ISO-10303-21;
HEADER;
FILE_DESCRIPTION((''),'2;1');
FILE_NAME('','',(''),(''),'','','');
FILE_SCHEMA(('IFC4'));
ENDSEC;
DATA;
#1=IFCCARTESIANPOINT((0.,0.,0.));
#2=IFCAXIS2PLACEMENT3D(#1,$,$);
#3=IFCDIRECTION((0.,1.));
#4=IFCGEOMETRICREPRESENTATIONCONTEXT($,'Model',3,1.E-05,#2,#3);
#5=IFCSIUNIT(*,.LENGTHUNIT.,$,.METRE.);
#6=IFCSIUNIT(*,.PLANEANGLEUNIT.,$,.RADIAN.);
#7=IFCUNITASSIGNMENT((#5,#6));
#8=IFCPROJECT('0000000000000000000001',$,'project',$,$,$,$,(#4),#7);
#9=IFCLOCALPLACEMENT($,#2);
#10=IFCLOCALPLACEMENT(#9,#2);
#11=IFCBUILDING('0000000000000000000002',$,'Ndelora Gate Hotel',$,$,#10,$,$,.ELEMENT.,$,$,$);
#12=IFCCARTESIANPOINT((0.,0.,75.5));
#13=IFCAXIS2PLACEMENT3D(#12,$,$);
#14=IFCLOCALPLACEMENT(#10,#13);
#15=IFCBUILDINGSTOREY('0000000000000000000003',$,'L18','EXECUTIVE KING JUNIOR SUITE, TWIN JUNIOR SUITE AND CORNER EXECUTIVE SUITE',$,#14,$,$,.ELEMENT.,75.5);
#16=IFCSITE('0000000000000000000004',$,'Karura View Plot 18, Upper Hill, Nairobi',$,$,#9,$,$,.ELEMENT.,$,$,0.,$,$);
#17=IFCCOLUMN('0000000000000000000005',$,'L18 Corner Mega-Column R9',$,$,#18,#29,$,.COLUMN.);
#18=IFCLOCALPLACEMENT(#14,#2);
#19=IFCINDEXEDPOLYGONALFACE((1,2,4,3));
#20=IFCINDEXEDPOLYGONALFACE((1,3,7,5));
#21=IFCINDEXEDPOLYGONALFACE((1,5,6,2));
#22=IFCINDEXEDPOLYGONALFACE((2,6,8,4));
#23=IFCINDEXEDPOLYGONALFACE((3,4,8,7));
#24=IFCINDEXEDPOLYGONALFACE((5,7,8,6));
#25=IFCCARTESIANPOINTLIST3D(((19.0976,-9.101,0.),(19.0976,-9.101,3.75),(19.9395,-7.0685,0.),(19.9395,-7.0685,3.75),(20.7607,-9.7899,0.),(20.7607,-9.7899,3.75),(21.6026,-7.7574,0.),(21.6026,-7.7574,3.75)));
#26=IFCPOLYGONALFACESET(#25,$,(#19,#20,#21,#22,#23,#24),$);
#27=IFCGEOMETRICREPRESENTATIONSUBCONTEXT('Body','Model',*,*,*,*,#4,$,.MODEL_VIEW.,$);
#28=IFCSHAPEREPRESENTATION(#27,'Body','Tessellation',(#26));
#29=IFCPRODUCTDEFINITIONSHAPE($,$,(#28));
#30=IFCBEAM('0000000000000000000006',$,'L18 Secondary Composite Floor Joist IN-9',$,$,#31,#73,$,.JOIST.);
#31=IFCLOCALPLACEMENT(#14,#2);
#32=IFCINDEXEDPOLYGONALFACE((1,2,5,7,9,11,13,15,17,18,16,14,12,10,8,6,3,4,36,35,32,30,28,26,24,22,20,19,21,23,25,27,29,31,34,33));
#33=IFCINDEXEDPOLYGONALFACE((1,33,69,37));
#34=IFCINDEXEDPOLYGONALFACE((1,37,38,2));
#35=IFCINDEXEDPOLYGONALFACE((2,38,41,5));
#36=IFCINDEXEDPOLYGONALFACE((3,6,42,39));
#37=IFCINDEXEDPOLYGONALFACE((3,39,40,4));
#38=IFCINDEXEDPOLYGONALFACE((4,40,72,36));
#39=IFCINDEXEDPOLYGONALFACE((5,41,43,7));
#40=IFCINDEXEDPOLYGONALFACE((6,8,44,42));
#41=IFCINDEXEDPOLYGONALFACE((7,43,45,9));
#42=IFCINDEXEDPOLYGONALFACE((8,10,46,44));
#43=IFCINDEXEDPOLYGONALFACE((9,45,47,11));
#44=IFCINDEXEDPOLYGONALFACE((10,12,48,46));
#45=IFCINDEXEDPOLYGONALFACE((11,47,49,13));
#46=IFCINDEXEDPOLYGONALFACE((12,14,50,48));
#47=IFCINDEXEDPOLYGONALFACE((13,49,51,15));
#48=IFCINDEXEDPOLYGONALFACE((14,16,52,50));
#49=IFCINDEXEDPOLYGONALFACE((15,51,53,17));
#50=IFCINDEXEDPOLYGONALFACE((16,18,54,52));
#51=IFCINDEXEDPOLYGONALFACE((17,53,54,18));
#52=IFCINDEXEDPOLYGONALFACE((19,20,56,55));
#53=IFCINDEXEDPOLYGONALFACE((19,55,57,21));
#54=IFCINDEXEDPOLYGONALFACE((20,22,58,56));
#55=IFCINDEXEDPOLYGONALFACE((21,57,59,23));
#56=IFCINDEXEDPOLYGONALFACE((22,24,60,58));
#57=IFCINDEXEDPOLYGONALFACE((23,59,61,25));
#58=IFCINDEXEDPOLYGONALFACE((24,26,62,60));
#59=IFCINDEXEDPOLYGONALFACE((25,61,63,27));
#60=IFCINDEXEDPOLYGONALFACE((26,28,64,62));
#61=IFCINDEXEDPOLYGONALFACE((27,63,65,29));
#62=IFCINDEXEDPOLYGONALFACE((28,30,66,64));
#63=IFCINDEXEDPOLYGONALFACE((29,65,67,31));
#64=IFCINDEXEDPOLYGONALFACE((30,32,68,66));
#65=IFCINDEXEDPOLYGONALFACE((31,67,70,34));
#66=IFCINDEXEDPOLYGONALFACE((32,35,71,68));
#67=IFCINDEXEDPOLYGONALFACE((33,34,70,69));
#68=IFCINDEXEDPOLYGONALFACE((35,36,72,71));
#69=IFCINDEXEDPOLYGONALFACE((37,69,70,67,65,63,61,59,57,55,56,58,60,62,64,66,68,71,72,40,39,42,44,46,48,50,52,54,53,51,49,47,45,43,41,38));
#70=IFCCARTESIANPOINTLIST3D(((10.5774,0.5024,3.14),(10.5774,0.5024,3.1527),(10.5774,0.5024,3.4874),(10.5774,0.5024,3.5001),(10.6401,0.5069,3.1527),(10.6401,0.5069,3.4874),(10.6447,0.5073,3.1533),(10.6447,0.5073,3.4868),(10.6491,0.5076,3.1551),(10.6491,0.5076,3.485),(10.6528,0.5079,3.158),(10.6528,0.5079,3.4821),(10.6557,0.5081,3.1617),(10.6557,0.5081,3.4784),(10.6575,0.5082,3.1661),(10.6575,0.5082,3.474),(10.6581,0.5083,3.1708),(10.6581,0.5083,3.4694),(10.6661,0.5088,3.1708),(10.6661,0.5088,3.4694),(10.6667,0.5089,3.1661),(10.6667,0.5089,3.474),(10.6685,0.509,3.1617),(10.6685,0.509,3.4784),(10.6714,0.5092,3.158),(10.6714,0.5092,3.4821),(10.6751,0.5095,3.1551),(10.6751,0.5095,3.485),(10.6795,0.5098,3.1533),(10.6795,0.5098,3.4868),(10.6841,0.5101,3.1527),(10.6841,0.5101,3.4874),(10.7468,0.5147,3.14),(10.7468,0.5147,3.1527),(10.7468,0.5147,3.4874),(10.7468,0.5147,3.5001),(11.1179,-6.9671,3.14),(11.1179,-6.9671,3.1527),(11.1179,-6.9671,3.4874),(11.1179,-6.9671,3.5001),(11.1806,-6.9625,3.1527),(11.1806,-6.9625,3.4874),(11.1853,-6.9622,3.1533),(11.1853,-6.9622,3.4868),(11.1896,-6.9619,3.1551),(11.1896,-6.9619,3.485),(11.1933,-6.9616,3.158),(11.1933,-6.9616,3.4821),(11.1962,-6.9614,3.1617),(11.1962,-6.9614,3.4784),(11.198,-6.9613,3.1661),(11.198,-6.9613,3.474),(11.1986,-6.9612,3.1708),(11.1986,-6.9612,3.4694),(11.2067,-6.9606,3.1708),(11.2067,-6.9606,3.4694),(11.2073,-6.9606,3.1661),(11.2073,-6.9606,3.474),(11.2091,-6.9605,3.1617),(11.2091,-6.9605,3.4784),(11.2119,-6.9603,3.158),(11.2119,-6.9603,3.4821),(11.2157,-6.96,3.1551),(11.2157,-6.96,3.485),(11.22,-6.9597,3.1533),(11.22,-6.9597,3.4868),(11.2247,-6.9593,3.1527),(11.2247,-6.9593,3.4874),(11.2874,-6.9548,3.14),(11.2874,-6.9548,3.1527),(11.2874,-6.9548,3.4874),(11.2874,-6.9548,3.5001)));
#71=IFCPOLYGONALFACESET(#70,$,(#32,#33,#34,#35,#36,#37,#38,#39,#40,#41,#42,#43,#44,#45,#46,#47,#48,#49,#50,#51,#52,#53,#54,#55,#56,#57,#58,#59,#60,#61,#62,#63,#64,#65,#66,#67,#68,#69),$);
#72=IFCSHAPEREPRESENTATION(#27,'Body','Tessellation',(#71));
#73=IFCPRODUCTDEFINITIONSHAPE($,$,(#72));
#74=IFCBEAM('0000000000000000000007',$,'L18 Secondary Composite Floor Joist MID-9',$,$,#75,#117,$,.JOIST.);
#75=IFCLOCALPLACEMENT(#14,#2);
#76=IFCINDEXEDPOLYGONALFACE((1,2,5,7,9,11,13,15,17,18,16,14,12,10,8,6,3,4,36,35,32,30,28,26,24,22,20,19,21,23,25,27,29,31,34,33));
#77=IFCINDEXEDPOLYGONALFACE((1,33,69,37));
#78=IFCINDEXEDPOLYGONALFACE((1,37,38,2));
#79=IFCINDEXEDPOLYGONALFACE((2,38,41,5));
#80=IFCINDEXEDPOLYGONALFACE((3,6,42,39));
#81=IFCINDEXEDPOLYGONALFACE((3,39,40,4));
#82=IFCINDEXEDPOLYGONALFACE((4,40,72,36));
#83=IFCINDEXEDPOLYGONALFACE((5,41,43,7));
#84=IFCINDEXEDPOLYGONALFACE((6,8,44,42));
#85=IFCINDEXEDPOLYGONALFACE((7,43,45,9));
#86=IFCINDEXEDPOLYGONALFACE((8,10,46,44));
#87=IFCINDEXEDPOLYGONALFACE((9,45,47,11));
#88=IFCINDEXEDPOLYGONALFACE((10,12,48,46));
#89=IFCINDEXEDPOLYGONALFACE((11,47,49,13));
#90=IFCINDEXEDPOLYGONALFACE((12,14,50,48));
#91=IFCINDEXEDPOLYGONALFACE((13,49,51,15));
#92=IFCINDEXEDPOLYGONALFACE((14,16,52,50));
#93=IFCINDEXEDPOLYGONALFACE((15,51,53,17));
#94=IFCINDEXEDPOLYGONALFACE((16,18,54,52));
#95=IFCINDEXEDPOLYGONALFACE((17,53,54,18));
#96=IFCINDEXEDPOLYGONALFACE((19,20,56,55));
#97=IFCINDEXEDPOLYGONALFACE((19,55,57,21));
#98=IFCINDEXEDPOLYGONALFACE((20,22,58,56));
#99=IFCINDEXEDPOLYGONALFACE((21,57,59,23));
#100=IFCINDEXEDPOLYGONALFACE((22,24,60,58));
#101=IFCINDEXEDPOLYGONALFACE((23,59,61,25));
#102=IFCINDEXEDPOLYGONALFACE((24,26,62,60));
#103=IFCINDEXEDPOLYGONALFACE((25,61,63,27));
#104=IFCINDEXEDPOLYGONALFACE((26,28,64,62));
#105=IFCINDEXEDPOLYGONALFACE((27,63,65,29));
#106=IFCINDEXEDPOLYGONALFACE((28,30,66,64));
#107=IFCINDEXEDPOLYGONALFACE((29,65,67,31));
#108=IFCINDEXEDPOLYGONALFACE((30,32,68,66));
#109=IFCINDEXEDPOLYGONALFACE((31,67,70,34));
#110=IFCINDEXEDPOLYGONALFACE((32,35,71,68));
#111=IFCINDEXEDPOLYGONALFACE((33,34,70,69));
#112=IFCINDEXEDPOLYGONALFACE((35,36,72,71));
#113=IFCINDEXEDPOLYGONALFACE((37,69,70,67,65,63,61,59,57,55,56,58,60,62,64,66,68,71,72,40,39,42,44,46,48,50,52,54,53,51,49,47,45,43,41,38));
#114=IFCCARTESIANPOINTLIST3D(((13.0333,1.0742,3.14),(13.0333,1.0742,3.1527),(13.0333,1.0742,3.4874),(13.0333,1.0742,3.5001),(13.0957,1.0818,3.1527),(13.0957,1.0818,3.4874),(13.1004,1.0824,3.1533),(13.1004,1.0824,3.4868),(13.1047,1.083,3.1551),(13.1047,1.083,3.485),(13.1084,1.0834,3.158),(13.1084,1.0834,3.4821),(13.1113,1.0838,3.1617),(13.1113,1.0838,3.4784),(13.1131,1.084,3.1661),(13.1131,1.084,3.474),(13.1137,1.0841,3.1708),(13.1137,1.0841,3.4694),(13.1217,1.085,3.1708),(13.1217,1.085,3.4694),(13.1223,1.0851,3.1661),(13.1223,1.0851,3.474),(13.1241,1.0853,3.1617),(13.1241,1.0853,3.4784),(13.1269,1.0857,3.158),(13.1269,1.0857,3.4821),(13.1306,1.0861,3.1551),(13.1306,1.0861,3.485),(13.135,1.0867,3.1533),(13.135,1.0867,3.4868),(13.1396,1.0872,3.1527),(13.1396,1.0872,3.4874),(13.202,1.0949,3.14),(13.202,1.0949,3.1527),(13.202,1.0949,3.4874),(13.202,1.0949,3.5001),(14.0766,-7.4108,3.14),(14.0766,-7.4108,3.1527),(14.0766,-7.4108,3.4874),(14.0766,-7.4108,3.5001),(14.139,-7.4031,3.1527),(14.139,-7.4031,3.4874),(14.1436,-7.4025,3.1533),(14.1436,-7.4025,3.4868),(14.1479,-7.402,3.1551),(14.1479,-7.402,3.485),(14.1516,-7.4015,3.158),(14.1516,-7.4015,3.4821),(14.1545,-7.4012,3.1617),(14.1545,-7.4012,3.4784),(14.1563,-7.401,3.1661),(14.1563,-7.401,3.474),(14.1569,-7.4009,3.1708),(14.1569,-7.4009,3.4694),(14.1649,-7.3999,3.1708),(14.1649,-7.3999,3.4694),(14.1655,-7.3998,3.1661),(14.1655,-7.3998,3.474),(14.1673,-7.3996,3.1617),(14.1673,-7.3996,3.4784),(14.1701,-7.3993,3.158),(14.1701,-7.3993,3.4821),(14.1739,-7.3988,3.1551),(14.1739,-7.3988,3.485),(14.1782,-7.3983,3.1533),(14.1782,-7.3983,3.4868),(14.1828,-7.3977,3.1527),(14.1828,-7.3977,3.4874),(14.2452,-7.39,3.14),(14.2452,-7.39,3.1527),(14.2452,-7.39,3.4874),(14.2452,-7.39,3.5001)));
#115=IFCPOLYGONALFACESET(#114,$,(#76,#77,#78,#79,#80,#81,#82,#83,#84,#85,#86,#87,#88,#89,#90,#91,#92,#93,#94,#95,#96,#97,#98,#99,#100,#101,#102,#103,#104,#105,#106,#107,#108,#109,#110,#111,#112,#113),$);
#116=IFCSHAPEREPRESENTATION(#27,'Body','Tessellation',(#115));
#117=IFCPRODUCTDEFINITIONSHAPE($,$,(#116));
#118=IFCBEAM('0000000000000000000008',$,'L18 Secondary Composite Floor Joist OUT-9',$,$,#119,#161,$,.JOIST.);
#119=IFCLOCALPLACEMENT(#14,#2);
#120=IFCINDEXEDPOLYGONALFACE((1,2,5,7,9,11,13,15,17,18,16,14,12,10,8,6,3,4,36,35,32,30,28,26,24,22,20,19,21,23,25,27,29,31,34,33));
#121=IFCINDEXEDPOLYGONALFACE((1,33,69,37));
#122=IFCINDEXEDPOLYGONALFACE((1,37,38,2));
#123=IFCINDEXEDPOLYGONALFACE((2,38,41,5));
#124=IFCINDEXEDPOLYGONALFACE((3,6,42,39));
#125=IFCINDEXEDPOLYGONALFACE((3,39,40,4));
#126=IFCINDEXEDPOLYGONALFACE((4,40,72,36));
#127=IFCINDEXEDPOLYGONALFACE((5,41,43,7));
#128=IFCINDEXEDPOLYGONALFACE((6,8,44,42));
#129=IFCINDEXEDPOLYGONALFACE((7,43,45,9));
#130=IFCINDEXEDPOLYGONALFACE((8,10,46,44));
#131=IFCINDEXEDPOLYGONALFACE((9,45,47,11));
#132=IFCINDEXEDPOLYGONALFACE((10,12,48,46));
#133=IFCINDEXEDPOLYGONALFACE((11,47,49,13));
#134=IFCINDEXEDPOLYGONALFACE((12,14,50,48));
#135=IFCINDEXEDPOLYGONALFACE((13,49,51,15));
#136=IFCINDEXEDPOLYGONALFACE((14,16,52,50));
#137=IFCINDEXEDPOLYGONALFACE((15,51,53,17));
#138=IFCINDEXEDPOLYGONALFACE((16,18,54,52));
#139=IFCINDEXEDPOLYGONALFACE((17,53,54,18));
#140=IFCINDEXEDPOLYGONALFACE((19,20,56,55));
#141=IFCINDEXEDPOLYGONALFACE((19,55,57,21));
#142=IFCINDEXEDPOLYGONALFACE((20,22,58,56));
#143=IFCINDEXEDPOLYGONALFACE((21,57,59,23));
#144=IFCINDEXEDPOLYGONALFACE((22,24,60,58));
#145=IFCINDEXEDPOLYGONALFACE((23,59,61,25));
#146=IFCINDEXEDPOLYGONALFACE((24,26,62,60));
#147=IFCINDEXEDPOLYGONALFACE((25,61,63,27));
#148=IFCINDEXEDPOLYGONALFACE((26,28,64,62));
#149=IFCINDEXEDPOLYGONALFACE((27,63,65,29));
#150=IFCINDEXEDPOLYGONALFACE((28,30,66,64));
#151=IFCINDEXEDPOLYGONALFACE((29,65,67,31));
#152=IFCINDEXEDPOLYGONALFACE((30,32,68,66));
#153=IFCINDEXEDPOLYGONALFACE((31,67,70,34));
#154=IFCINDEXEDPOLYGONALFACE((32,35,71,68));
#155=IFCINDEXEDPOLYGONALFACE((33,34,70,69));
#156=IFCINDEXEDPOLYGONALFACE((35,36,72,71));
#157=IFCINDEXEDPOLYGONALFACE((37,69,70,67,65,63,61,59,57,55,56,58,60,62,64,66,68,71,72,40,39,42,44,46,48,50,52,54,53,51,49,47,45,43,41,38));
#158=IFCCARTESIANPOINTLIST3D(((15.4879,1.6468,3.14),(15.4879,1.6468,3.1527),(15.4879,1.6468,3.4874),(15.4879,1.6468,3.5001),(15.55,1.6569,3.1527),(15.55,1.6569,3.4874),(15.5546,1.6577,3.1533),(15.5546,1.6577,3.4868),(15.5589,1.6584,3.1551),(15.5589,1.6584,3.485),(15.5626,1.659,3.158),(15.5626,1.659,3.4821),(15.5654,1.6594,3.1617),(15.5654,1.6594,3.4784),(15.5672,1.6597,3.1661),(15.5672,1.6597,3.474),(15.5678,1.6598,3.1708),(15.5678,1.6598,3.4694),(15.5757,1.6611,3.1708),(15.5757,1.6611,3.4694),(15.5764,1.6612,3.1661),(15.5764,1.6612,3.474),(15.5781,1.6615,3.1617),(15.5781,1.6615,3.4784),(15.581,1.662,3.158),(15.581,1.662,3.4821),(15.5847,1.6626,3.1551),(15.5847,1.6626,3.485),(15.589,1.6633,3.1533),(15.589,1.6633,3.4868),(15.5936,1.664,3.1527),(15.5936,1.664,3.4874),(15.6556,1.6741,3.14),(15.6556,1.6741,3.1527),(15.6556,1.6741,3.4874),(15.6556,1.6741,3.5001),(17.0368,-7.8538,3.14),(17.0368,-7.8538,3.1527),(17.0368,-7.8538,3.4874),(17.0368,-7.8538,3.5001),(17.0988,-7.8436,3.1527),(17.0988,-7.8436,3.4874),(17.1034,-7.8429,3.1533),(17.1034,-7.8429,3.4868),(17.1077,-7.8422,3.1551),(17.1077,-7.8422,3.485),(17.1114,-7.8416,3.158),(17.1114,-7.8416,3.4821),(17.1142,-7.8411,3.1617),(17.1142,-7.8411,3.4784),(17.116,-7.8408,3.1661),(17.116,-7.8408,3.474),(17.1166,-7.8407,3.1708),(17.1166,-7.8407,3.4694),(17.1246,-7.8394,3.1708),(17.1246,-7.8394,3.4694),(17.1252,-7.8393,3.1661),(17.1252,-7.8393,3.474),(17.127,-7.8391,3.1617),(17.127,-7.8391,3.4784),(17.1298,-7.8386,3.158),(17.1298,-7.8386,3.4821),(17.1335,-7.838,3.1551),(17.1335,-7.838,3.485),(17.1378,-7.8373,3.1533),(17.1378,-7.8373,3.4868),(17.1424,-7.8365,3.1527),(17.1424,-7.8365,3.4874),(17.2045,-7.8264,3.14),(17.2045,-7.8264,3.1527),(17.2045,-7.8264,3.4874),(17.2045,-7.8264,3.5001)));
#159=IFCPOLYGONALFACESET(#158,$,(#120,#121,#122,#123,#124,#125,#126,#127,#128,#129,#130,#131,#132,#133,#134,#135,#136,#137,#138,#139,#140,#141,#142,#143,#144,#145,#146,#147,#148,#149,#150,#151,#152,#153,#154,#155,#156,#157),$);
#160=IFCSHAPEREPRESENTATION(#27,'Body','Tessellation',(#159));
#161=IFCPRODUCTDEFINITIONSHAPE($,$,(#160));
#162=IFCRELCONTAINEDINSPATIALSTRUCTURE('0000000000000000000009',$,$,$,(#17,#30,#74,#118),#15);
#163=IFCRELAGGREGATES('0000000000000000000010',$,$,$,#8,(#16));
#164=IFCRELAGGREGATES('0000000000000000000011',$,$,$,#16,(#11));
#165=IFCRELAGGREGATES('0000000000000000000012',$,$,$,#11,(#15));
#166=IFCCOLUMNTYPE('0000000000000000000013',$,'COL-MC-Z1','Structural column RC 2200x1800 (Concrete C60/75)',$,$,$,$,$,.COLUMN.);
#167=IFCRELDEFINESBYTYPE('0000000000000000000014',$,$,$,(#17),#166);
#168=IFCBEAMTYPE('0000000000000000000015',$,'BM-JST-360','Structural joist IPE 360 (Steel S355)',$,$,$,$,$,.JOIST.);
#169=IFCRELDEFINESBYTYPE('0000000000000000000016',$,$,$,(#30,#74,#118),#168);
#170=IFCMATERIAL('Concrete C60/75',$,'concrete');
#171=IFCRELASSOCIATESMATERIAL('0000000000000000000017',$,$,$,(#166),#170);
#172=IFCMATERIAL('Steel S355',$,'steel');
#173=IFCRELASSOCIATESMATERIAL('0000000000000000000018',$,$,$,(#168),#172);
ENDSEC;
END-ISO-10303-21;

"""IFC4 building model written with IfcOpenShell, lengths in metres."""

from ifc_helpers import new_model, si_unit, direction, frame, origin, origin_2d, place, context, subcontext, project, spatial, rectangle, i_section, extrude, material, material_profile, profile_set, type_object, element, save


model = new_model("IFC4")

# Units and contexts
model_context = context("Model", 3, precision=1e-05, world=origin(), true_north=direction((0.0, 1.0)))
body_context = subcontext(model_context, "Body", "Model", "MODEL_VIEW")
ifc_project = project(units=[si_unit("LENGTHUNIT", "METRE"), si_unit("PLANEANGLEUNIT", "RADIAN")], contexts=[model_context])

# Site, building, storey
site_placement = place(None, origin())
site = spatial("IfcSite", under=ifc_project, at=site_placement, Name="Karura View Plot 18, Upper Hill, Nairobi", CompositionType="ELEMENT", RefElevation=0.0)
building_placement = place(site_placement, origin())
building = spatial("IfcBuilding", under=site, at=building_placement, Name="Ndelora Gate Hotel", CompositionType="ELEMENT")
storey_placement = place(building_placement, frame((0.0, 0.0, 75.5)))
storey = spatial("IfcBuildingStorey", under=building, at=storey_placement, Name="L18", Description="EXECUTIVE KING JUNIOR SUITE, TWIN JUNIOR SUITE AND CORNER EXECUTIVE SUITE", CompositionType="ELEMENT", Elevation=75.5)

# Column
ifc_material_1 = material(Name="Concrete C60/75", Category="concrete")
ifc_material_profile_1 = material_profile(ifc_material_1, rectangle(XDim=1.8, YDim=2.2, at=origin_2d()), Name="RC 2200x1800")
ifc_profile_set_1 = profile_set([ifc_material_profile_1], Name="Concrete C60/75")
column_type = type_object("IfcColumnType", Name="COL-MC-Z1", Description="Structural column RC 2200x1800 (Concrete C60/75)", PredefinedType="COLUMN", material=ifc_profile_set_1)
column_placement = place(storey_placement, frame((20.3501, -8.4292, 0.0), z_axis=(0.0, 0.0, 1.0), x_axis=(-0.92388, 0.382683, 0.0)))
element("IfcColumn", 1, at=column_placement, inside=storey, type_object=column_type, Name="L18 Corner Mega-Column R9", PredefinedType="COLUMN", context=body_context, shape_type="SweptSolid", body=[
    extrude(rectangle(XDim=1.8, YDim=2.2, at=origin_2d()), origin(), (0.0, 0.0, 1.0), 3.75),
])

# Beams
ifc_material_2 = material(Name="Steel S355", Category="steel")
ifc_material_profile_2 = material_profile(ifc_material_2, i_section(OverallWidth=0.1699, OverallDepth=0.3601, WebThickness=0.0081, FlangeThickness=0.0127, FilletRadius=0.0181, at=origin_2d()), Name="IPE 360")
ifc_profile_set_2 = profile_set([ifc_material_profile_2], Name="Steel S355")
beam_type_1 = type_object("IfcBeamType", Name="BM-JST-360", Description="Structural joist IPE 360 (Steel S355)", PredefinedType="JOIST", material=ifc_profile_set_2)
beam_1_placement = place(storey_placement, frame((11.2026, -6.9609, 3.3201), z_axis=(-0.072176, 0.997392, 0.0), x_axis=(-0.997392, -0.072176, 0.0)))
element("IfcBeam", 2, at=beam_1_placement, inside=storey, type_object=beam_type_1, Name="L18 Secondary Composite Floor Joist IN-9", PredefinedType="JOIST", context=body_context, shape_type="SweptSolid", body=[
    extrude(i_section(OverallWidth=0.1699, OverallDepth=0.3601, WebThickness=0.0081, FlangeThickness=0.0127, FilletRadius=0.0181, at=origin_2d()), origin(), (0.0, 0.0, 1.0), 7.489),
])
beam_2_placement = place(storey_placement, frame((14.1609, -7.4004, 3.3201), z_axis=(-0.122031, 0.992526, 0.0), x_axis=(-0.992526, -0.122031, 0.0)))
element("IfcBeam", 3, at=beam_2_placement, inside=storey, type_object=beam_type_1, Name="L18 Secondary Composite Floor Joist MID-9", PredefinedType="JOIST", context=body_context, shape_type="SweptSolid", body=[
    extrude(i_section(OverallWidth=0.1699, OverallDepth=0.3601, WebThickness=0.0081, FlangeThickness=0.0127, FilletRadius=0.0181, at=origin_2d()), origin(), (0.0, 0.0, 1.0), 8.5488),
])
beam_3_placement = place(storey_placement, frame((17.1206, -7.8401, 3.3201), z_axis=(-0.160902, 0.98697, 0.0), x_axis=(-0.98697, -0.160902, 0.0)))
element("IfcBeam", 4, at=beam_3_placement, inside=storey, type_object=beam_type_1, Name="L18 Secondary Composite Floor Joist OUT-9", PredefinedType="JOIST", context=body_context, shape_type="SweptSolid", body=[
    extrude(i_section(OverallWidth=0.1699, OverallDepth=0.3601, WebThickness=0.0081, FlangeThickness=0.0127, FilletRadius=0.0181, at=origin_2d()), origin(), (0.0, 0.0, 1.0), 9.626),
])

save(model, "model.ifc")
